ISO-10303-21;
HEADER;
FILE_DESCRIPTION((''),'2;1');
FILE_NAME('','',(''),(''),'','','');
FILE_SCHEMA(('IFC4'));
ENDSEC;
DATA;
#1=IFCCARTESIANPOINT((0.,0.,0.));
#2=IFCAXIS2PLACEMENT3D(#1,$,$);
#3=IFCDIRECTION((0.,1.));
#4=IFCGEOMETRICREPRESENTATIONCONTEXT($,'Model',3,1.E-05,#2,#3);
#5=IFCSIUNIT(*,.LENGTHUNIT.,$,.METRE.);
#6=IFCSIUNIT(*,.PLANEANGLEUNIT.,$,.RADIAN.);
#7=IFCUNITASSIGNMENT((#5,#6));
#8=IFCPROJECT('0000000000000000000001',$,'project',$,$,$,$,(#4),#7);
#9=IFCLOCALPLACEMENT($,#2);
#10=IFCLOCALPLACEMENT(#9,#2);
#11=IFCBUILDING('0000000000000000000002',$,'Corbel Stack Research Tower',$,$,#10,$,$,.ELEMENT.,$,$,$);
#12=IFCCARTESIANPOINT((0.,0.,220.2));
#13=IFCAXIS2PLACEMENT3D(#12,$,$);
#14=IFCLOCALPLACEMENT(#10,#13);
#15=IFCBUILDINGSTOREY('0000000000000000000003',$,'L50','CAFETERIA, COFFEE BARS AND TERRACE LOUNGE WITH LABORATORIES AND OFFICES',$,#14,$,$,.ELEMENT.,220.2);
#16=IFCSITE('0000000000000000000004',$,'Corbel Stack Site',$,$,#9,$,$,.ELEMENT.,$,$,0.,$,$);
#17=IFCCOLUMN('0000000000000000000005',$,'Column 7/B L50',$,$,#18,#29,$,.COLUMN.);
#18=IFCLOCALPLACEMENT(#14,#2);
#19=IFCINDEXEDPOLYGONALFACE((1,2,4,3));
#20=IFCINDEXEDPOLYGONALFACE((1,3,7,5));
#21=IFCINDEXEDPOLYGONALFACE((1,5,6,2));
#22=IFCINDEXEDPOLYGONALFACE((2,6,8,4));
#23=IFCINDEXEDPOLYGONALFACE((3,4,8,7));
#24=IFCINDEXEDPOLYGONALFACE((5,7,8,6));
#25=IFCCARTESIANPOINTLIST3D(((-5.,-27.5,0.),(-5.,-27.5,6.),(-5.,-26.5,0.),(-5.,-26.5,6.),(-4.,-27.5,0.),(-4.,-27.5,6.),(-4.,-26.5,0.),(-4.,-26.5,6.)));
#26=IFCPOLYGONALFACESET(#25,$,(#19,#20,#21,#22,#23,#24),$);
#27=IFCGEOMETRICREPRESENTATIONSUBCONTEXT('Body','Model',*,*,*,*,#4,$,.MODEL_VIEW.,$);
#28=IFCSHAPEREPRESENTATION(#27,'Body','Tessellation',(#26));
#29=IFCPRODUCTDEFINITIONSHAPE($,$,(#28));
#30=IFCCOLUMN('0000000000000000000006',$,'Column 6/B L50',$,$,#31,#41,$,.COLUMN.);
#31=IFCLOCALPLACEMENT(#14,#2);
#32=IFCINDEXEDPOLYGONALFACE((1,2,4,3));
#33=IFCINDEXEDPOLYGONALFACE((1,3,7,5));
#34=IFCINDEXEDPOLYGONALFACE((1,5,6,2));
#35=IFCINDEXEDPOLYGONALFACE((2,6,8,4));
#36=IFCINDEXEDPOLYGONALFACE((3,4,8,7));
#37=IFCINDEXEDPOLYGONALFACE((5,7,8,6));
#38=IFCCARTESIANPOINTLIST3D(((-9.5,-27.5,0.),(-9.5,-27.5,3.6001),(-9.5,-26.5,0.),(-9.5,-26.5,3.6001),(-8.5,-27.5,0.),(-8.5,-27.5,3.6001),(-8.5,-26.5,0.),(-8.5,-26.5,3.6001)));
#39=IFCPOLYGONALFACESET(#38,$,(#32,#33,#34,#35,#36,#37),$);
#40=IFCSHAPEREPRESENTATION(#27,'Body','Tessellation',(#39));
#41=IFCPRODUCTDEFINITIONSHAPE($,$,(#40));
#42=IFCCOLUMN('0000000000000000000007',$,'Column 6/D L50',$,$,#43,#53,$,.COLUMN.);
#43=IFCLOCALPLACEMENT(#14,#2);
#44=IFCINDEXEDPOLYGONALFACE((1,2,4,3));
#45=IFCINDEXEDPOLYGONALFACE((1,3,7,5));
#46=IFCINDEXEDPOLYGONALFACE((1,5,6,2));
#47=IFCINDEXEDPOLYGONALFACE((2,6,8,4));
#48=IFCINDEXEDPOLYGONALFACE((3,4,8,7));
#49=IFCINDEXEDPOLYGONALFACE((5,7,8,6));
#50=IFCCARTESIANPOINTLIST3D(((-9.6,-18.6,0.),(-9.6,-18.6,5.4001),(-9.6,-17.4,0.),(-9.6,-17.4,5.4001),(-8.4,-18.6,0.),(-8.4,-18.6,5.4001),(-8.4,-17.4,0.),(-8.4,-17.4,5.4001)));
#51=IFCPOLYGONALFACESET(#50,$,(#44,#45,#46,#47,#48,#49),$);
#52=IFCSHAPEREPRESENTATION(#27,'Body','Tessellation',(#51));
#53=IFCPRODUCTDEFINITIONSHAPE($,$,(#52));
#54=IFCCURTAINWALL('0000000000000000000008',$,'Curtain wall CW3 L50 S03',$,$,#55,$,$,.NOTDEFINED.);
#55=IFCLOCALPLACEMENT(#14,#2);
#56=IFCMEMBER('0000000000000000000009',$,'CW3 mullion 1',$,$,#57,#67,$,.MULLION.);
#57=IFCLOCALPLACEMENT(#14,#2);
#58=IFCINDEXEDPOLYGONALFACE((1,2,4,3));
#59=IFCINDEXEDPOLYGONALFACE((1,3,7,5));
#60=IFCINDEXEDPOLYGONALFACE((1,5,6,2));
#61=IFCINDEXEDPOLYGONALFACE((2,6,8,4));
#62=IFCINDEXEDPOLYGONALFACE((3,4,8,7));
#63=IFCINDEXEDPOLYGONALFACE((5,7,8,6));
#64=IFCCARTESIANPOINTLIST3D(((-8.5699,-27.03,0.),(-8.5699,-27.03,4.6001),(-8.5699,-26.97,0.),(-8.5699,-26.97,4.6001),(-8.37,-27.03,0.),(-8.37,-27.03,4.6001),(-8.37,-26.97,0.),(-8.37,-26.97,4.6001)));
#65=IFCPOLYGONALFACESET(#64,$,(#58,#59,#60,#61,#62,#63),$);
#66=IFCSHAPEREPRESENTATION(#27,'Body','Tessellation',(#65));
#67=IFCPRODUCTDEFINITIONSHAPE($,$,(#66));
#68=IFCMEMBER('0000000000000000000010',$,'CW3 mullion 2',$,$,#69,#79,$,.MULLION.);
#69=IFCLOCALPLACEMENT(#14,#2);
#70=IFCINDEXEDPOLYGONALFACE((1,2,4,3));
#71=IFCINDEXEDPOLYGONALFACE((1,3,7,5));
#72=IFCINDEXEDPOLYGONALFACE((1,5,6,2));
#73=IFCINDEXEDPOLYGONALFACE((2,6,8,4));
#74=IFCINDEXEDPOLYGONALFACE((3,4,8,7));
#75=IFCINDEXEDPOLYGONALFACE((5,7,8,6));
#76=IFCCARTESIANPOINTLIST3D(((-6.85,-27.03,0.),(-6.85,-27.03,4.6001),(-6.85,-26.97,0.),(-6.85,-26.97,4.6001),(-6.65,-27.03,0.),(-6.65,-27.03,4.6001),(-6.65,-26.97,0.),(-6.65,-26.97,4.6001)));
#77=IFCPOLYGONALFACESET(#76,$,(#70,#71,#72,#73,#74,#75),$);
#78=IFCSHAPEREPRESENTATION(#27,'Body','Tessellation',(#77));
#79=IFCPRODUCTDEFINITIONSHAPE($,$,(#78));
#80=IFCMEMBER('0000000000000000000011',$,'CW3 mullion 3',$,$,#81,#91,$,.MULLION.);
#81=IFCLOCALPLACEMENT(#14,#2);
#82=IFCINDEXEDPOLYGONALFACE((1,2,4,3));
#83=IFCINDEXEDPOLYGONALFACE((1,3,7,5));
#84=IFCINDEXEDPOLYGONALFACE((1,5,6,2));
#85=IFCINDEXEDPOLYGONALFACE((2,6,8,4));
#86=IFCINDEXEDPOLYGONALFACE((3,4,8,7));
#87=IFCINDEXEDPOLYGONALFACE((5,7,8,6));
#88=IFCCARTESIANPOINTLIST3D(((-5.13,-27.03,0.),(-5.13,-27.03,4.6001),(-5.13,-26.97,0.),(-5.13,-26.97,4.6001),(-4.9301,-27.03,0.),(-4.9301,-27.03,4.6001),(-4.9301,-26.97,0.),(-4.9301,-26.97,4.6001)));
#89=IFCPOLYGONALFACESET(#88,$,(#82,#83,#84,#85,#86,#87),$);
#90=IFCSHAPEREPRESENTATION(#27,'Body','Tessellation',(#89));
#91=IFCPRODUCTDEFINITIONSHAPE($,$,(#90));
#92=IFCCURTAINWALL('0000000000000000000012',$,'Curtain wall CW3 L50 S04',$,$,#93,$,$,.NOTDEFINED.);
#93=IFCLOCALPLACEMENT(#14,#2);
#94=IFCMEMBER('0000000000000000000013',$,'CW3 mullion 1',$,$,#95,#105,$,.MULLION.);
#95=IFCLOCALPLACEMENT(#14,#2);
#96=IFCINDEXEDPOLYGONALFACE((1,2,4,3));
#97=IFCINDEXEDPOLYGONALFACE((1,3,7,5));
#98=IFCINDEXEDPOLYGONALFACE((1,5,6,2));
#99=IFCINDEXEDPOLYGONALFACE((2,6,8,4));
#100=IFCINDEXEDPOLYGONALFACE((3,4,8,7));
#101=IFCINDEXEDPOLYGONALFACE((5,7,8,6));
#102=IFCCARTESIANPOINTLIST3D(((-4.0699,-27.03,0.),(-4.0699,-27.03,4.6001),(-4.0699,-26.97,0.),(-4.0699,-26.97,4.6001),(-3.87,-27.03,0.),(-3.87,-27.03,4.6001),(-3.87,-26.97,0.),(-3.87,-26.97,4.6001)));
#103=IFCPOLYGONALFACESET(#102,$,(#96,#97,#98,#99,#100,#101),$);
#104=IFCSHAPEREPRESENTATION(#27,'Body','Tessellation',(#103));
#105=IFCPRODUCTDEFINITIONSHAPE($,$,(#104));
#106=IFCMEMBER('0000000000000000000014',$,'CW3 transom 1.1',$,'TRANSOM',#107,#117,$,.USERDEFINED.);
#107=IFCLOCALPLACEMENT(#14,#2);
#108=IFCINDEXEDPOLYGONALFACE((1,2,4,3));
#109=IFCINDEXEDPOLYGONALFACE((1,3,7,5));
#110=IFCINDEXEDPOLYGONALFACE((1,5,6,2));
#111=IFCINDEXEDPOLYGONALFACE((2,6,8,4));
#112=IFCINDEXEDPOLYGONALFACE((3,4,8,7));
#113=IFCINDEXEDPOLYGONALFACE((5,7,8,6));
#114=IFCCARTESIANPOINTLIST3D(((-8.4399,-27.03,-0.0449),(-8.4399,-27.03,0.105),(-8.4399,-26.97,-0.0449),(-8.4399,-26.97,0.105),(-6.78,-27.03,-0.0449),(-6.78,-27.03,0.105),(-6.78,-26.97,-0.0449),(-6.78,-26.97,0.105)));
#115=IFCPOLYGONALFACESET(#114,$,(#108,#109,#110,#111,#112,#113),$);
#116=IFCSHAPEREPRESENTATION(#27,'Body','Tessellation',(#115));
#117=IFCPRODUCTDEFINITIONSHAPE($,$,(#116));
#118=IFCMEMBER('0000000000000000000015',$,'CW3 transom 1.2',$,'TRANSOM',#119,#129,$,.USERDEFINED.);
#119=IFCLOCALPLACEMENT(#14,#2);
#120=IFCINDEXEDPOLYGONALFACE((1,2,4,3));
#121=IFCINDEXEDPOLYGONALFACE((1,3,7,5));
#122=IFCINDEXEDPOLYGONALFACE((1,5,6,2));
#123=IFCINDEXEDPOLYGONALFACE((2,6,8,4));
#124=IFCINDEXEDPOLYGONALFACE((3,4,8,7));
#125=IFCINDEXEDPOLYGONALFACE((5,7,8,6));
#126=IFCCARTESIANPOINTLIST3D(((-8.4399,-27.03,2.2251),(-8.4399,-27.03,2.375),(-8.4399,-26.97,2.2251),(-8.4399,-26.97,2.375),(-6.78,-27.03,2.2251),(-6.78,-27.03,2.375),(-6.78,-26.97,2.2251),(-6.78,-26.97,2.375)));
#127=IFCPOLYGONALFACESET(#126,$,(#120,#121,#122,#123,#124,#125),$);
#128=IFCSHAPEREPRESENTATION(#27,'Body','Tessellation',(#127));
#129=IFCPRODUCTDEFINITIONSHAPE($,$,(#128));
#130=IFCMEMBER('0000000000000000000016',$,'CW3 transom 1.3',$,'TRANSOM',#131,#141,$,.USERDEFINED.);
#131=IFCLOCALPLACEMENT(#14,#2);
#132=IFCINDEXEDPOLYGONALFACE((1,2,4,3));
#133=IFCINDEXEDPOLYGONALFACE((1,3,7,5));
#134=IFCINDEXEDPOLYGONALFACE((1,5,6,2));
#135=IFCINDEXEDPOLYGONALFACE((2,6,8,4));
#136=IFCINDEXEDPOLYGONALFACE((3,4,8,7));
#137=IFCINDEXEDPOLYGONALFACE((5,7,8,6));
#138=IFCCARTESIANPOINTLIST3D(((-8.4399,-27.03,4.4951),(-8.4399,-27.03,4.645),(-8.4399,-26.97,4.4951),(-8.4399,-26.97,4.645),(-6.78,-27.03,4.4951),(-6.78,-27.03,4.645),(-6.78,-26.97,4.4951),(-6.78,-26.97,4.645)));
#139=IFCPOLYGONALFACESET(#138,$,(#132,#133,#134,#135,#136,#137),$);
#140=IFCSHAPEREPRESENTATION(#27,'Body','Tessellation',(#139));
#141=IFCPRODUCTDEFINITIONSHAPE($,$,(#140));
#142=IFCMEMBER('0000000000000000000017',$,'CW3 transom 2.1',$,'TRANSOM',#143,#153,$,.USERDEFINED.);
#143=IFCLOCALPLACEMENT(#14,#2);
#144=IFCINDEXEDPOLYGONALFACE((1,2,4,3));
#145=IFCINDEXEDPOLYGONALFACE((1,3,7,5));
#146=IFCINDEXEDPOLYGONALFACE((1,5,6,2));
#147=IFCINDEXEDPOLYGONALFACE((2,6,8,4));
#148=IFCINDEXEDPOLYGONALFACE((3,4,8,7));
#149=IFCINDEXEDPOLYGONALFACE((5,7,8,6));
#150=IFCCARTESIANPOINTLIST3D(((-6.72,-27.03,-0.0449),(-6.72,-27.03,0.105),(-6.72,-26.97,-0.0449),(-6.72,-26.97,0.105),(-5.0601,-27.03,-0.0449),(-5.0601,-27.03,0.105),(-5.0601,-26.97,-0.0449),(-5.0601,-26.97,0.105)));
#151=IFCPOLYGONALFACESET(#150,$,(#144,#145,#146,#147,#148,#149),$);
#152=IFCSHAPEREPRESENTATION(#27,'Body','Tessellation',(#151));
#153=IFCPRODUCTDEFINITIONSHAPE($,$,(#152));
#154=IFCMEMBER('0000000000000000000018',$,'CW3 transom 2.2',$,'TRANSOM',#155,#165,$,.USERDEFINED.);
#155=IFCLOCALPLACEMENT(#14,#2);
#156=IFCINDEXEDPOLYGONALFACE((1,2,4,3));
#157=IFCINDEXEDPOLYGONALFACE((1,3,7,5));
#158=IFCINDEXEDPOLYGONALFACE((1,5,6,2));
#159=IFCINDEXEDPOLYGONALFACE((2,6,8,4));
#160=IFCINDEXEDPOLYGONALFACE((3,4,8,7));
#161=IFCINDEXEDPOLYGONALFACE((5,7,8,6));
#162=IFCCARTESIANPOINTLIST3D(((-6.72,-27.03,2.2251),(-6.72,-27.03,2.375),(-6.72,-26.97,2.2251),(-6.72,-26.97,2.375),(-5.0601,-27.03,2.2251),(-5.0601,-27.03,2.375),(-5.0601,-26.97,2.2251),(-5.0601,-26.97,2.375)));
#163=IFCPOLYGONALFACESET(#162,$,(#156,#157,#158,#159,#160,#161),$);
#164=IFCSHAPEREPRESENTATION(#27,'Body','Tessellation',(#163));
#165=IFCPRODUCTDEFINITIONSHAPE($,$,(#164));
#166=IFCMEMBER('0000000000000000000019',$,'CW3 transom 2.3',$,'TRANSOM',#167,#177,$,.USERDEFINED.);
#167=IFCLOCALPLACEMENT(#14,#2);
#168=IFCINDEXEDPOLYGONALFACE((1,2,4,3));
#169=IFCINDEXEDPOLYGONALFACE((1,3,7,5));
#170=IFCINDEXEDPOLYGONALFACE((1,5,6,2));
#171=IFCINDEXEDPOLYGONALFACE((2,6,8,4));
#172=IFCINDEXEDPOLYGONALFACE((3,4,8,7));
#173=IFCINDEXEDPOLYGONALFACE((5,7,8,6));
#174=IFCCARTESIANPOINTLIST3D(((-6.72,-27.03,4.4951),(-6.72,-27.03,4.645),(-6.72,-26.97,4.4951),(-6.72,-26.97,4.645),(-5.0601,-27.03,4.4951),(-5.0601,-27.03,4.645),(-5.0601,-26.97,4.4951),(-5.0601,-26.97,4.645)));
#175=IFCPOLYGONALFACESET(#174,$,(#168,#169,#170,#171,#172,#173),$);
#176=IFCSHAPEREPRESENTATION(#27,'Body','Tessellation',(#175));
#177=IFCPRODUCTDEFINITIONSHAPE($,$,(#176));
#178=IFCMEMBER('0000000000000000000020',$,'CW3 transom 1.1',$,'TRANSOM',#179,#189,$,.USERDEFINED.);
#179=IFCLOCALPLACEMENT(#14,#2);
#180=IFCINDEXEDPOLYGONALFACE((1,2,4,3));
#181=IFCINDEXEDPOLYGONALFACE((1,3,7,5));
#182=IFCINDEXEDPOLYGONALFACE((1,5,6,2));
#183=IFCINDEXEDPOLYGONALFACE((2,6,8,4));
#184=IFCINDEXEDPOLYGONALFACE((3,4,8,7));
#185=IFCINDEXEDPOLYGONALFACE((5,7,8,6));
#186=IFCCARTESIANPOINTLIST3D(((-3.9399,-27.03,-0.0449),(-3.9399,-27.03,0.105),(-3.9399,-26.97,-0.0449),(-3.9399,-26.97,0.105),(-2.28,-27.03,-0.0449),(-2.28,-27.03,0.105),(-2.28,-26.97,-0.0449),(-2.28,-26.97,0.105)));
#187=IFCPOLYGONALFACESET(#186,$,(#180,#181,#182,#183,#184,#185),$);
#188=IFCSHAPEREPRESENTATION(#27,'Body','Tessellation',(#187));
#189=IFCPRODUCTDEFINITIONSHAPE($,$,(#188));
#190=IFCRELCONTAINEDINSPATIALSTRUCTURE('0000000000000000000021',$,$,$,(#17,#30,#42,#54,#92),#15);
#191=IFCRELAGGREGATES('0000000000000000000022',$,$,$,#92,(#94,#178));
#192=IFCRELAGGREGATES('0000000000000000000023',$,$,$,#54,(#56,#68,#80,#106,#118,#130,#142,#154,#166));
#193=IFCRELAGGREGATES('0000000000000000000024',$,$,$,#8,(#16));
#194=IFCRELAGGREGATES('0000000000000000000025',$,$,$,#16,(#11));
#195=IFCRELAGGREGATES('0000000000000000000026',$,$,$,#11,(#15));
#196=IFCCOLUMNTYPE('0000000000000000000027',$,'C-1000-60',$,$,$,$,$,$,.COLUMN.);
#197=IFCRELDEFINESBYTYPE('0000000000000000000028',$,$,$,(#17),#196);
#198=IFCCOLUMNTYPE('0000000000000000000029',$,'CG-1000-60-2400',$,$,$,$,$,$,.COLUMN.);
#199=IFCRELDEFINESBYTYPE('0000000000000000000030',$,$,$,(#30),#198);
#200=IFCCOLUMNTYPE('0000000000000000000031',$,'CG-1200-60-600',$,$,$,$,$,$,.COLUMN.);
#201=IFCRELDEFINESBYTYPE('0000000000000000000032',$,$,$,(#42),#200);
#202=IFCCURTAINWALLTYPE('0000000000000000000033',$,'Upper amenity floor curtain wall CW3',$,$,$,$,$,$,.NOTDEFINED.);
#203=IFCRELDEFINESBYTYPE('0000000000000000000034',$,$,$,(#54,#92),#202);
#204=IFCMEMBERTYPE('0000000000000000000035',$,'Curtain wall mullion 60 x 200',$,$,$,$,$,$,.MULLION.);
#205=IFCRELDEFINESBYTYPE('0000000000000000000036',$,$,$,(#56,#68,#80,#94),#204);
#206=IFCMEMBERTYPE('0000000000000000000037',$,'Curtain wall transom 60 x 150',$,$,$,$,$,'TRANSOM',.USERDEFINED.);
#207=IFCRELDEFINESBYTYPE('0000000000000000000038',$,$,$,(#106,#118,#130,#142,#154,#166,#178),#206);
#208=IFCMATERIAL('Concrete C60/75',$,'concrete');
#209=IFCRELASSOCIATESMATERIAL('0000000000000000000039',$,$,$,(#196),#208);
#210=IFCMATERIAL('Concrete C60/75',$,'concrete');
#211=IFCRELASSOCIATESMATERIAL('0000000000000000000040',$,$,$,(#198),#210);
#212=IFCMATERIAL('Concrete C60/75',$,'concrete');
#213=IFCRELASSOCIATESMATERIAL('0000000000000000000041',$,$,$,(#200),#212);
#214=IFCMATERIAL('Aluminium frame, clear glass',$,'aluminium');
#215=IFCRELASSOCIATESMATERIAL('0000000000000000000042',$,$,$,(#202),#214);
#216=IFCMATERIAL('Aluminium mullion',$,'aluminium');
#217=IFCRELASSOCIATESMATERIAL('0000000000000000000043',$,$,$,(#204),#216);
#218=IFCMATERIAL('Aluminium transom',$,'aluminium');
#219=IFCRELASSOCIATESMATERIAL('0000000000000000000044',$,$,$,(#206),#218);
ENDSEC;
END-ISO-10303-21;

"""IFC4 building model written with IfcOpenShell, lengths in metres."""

from ifc_helpers import new_model, si_unit, direction, frame, origin, origin_2d, place, context, subcontext, project, spatial, rectangle, extrude, material, material_profile, profile_set, type_object, element, aggregate, save


model = new_model("IFC4")

# Units and contexts
model_context = context("Model", 3, precision=1e-05, world=origin(), true_north=direction((0.0, 1.0)))
body_context = subcontext(model_context, "Body", "Model", "MODEL_VIEW")
ifc_project = project(units=[si_unit("LENGTHUNIT", "METRE"), si_unit("PLANEANGLEUNIT", "RADIAN")], contexts=[model_context])

# Site, building, storey
site_placement = place(None, origin())
site = spatial("IfcSite", under=ifc_project, at=site_placement, Name="Corbel Stack Site", CompositionType="ELEMENT", RefElevation=0.0)
building_placement = place(site_placement, origin())
building = spatial("IfcBuilding", under=site, at=building_placement, Name="Corbel Stack Research Tower", CompositionType="ELEMENT")
storey_placement = place(building_placement, frame((0.0, 0.0, 220.2)))
storey = spatial("IfcBuildingStorey", under=building, at=storey_placement, Name="L50", Description="CAFETERIA, COFFEE BARS AND TERRACE LOUNGE WITH LABORATORIES AND OFFICES", CompositionType="ELEMENT", Elevation=220.2)

# Columns
ifc_material_1 = material(Name="Concrete C60/75", Category="concrete")
ifc_material_profile_1 = material_profile(ifc_material_1, rectangle(XDim=1.0, YDim=1.0, at=origin_2d()), Name="RC 1000 x 1000")
ifc_profile_set_1 = profile_set([ifc_material_profile_1], Name="Concrete C60/75")
column_type_1 = type_object("IfcColumnType", Name="C-1000-60", PredefinedType="COLUMN", material=ifc_profile_set_1)
column_1_placement = place(storey_placement, frame((-4.5, -27.0, 0.0), z_axis=(0.0, 0.0, 1.0), x_axis=(1.0, 0.0, 0.0)))
element("IfcColumn", 1, at=column_1_placement, inside=storey, type_object=column_type_1, Name="Column 7/B L50", PredefinedType="COLUMN", context=body_context, shape_type="SweptSolid", body=[
    extrude(rectangle(XDim=1.0, YDim=1.0, at=origin_2d()), origin(), (0.0, 0.0, 1.0), 6.0),
])
ifc_material_2 = material(Name="Concrete C60/75", Category="concrete")
ifc_material_profile_2 = material_profile(ifc_material_2, rectangle(XDim=1.0, YDim=1.0, at=origin_2d()), Name="RC 1000 x 1000")
ifc_profile_set_2 = profile_set([ifc_material_profile_2], Name="Concrete C60/75")
column_type_2 = type_object("IfcColumnType", Name="CG-1000-60-2400", PredefinedType="COLUMN", material=ifc_profile_set_2)
column_2_placement = place(storey_placement, frame((-9.0, -27.0, 0.0), z_axis=(0.0, 0.0, 1.0), x_axis=(1.0, 0.0, 0.0)))
element("IfcColumn", 2, at=column_2_placement, inside=storey, type_object=column_type_2, Name="Column 6/B L50", PredefinedType="COLUMN", context=body_context, shape_type="SweptSolid", body=[
    extrude(rectangle(XDim=1.0, YDim=1.0, at=origin_2d()), origin(), (0.0, 0.0, 1.0), 3.6001),
])
ifc_material_3 = material(Name="Concrete C60/75", Category="concrete")
ifc_material_profile_3 = material_profile(ifc_material_3, rectangle(XDim=1.2, YDim=1.2, at=origin_2d()), Name="RC 1200 x 1200")
ifc_profile_set_3 = profile_set([ifc_material_profile_3], Name="Concrete C60/75")
column_type_3 = type_object("IfcColumnType", Name="CG-1200-60-600", PredefinedType="COLUMN", material=ifc_profile_set_3)
column_3_placement = place(storey_placement, frame((-9.0, -18.0, 0.0), z_axis=(0.0, 0.0, 1.0), x_axis=(1.0, 0.0, 0.0)))
element("IfcColumn", 3, at=column_3_placement, inside=storey, type_object=column_type_3, Name="Column 6/D L50", PredefinedType="COLUMN", context=body_context, shape_type="SweptSolid", body=[
    extrude(rectangle(XDim=1.2, YDim=1.2, at=origin_2d()), origin(), (0.0, 0.0, 1.0), 5.4001),
])

# Curtain wall, members
ifc_material_4 = material(Name="Aluminium frame, clear glass", Category="aluminium")
curtain_wall_type = type_object("IfcCurtainWallType", Name="Upper amenity floor curtain wall CW3", PredefinedType="NOTDEFINED", material=ifc_material_4)
curtain_wall_1_placement = place(storey_placement, origin())
curtain_wall_1 = element("IfcCurtainWall", 4, at=curtain_wall_1_placement, inside=storey, type_object=curtain_wall_type, Name="Curtain wall CW3 L50 S03", PredefinedType="NOTDEFINED")
ifc_material_5 = material(Name="Aluminium mullion", Category="aluminium")
ifc_material_profile_4 = material_profile(ifc_material_5, rectangle(XDim=0.0601, YDim=0.2, at=origin_2d()), Name="Mullion 60 x 200")
ifc_profile_set_4 = profile_set([ifc_material_profile_4], Name="Aluminium mullion")
member_type_1 = type_object("IfcMemberType", Name="Curtain wall mullion 60 x 200", PredefinedType="MULLION", material=ifc_profile_set_4)
member_1_placement = place(storey_placement, frame((-8.47, -27.0, 0.0), z_axis=(0.0, 0.0, 1.0), x_axis=(0.0, 1.0, 0.0)))
member_1 = element("IfcMember", 5, at=member_1_placement, type_object=member_type_1, Name="CW3 mullion 1", PredefinedType="MULLION", context=body_context, shape_type="SweptSolid", body=[
    extrude(rectangle(XDim=0.0601, YDim=0.2, at=origin_2d()), origin(), (0.0, 0.0, 1.0), 4.6001),
])
member_2_placement = place(storey_placement, frame((-6.75, -27.0, 0.0), z_axis=(0.0, 0.0, 1.0), x_axis=(0.0, 1.0, 0.0)))
member_2 = element("IfcMember", 6, at=member_2_placement, type_object=member_type_1, Name="CW3 mullion 2", PredefinedType="MULLION", context=body_context, shape_type="SweptSolid", body=[
    extrude(rectangle(XDim=0.0601, YDim=0.2, at=origin_2d()), origin(), (0.0, 0.0, 1.0), 4.6001),
])
member_3_placement = place(storey_placement, frame((-5.03, -27.0, 0.0), z_axis=(0.0, 0.0, 1.0), x_axis=(0.0, 1.0, 0.0)))
member_3 = element("IfcMember", 7, at=member_3_placement, type_object=member_type_1, Name="CW3 mullion 3", PredefinedType="MULLION", context=body_context, shape_type="SweptSolid", body=[
    extrude(rectangle(XDim=0.0601, YDim=0.2, at=origin_2d()), origin(), (0.0, 0.0, 1.0), 4.6001),
])

# Curtain wall, member
curtain_wall_2_placement = place(storey_placement, origin())
curtain_wall_2 = element("IfcCurtainWall", 8, at=curtain_wall_2_placement, inside=storey, type_object=curtain_wall_type, Name="Curtain wall CW3 L50 S04", PredefinedType="NOTDEFINED")
member_4_placement = place(storey_placement, frame((-3.97, -27.0, 0.0), z_axis=(0.0, 0.0, 1.0), x_axis=(0.0, 1.0, 0.0)))
member_4 = element("IfcMember", 9, at=member_4_placement, type_object=member_type_1, Name="CW3 mullion 1", PredefinedType="MULLION", context=body_context, shape_type="SweptSolid", body=[
    extrude(rectangle(XDim=0.0601, YDim=0.2, at=origin_2d()), origin(), (0.0, 0.0, 1.0), 4.6001),
])

# Members
ifc_material_6 = material(Name="Aluminium transom", Category="aluminium")
ifc_material_profile_5 = material_profile(ifc_material_6, rectangle(XDim=0.0601, YDim=0.1499, at=origin_2d()), Name="Transom 60 x 150")
ifc_profile_set_5 = profile_set([ifc_material_profile_5], Name="Aluminium transom")
member_type_2 = type_object("IfcMemberType", Name="Curtain wall transom 60 x 150", ElementType="TRANSOM", PredefinedType="USERDEFINED", material=ifc_profile_set_5)
member_5_placement = place(storey_placement, frame((-8.4399, -27.0, 0.03), z_axis=(1.0, 0.0, 0.0), x_axis=(0.0, 1.0, 0.0)))
member_5 = element("IfcMember", 10, at=member_5_placement, type_object=member_type_2, Name="CW3 transom 1.1", ObjectType="TRANSOM", PredefinedType="USERDEFINED", context=body_context, shape_type="SweptSolid", body=[
    extrude(rectangle(XDim=0.0601, YDim=0.1499, at=origin_2d()), origin(), (0.0, 0.0, 1.0), 1.6599),
])
member_6_placement = place(storey_placement, frame((-8.4399, -27.0, 2.3), z_axis=(1.0, 0.0, 0.0), x_axis=(0.0, 1.0, 0.0)))
member_6 = element("IfcMember", 11, at=member_6_placement, type_object=member_type_2, Name="CW3 transom 1.2", ObjectType="TRANSOM", PredefinedType="USERDEFINED", context=body_context, shape_type="SweptSolid", body=[
    extrude(rectangle(XDim=0.0601, YDim=0.1499, at=origin_2d()), origin(), (0.0, 0.0, 1.0), 1.6599),
])
member_7_placement = place(storey_placement, frame((-8.4399, -27.0, 4.5701), z_axis=(1.0, 0.0, 0.0), x_axis=(0.0, 1.0, 0.0)))
member_7 = element("IfcMember", 12, at=member_7_placement, type_object=member_type_2, Name="CW3 transom 1.3", ObjectType="TRANSOM", PredefinedType="USERDEFINED", context=body_context, shape_type="SweptSolid", body=[
    extrude(rectangle(XDim=0.0601, YDim=0.1499, at=origin_2d()), origin(), (0.0, 0.0, 1.0), 1.6599),
])
member_8_placement = place(storey_placement, frame((-6.72, -27.0, 0.03), z_axis=(1.0, 0.0, 0.0), x_axis=(0.0, 1.0, 0.0)))
member_8 = element("IfcMember", 13, at=member_8_placement, type_object=member_type_2, Name="CW3 transom 2.1", ObjectType="TRANSOM", PredefinedType="USERDEFINED", context=body_context, shape_type="SweptSolid", body=[
    extrude(rectangle(XDim=0.0601, YDim=0.1499, at=origin_2d()), origin(), (0.0, 0.0, 1.0), 1.6599),
])
member_9_placement = place(storey_placement, frame((-6.72, -27.0, 2.3), z_axis=(1.0, 0.0, 0.0), x_axis=(0.0, 1.0, 0.0)))
member_9 = element("IfcMember", 14, at=member_9_placement, type_object=member_type_2, Name="CW3 transom 2.2", ObjectType="TRANSOM", PredefinedType="USERDEFINED", context=body_context, shape_type="SweptSolid", body=[
    extrude(rectangle(XDim=0.0601, YDim=0.1499, at=origin_2d()), origin(), (0.0, 0.0, 1.0), 1.6599),
])
member_10_placement = place(storey_placement, frame((-6.72, -27.0, 4.5701), z_axis=(1.0, 0.0, 0.0), x_axis=(0.0, 1.0, 0.0)))
member_10 = element("IfcMember", 15, at=member_10_placement, type_object=member_type_2, Name="CW3 transom 2.3", ObjectType="TRANSOM", PredefinedType="USERDEFINED", context=body_context, shape_type="SweptSolid", body=[
    extrude(rectangle(XDim=0.0601, YDim=0.1499, at=origin_2d()), origin(), (0.0, 0.0, 1.0), 1.6599),
])
member_11_placement = place(storey_placement, frame((-3.9399, -27.0, 0.03), z_axis=(1.0, 0.0, 0.0), x_axis=(0.0, 1.0, 0.0)))
member_11 = element("IfcMember", 16, at=member_11_placement, type_object=member_type_2, Name="CW3 transom 1.1", ObjectType="TRANSOM", PredefinedType="USERDEFINED", context=body_context, shape_type="SweptSolid", body=[
    extrude(rectangle(XDim=0.0601, YDim=0.1499, at=origin_2d()), origin(), (0.0, 0.0, 1.0), 1.6599),
])
aggregate(curtain_wall_2, [member_4, member_11])

aggregate(curtain_wall_1, [member_1, member_2, member_3, member_5, member_6, member_7, member_8, member_9, member_10])

save(model, "model.ifc")
